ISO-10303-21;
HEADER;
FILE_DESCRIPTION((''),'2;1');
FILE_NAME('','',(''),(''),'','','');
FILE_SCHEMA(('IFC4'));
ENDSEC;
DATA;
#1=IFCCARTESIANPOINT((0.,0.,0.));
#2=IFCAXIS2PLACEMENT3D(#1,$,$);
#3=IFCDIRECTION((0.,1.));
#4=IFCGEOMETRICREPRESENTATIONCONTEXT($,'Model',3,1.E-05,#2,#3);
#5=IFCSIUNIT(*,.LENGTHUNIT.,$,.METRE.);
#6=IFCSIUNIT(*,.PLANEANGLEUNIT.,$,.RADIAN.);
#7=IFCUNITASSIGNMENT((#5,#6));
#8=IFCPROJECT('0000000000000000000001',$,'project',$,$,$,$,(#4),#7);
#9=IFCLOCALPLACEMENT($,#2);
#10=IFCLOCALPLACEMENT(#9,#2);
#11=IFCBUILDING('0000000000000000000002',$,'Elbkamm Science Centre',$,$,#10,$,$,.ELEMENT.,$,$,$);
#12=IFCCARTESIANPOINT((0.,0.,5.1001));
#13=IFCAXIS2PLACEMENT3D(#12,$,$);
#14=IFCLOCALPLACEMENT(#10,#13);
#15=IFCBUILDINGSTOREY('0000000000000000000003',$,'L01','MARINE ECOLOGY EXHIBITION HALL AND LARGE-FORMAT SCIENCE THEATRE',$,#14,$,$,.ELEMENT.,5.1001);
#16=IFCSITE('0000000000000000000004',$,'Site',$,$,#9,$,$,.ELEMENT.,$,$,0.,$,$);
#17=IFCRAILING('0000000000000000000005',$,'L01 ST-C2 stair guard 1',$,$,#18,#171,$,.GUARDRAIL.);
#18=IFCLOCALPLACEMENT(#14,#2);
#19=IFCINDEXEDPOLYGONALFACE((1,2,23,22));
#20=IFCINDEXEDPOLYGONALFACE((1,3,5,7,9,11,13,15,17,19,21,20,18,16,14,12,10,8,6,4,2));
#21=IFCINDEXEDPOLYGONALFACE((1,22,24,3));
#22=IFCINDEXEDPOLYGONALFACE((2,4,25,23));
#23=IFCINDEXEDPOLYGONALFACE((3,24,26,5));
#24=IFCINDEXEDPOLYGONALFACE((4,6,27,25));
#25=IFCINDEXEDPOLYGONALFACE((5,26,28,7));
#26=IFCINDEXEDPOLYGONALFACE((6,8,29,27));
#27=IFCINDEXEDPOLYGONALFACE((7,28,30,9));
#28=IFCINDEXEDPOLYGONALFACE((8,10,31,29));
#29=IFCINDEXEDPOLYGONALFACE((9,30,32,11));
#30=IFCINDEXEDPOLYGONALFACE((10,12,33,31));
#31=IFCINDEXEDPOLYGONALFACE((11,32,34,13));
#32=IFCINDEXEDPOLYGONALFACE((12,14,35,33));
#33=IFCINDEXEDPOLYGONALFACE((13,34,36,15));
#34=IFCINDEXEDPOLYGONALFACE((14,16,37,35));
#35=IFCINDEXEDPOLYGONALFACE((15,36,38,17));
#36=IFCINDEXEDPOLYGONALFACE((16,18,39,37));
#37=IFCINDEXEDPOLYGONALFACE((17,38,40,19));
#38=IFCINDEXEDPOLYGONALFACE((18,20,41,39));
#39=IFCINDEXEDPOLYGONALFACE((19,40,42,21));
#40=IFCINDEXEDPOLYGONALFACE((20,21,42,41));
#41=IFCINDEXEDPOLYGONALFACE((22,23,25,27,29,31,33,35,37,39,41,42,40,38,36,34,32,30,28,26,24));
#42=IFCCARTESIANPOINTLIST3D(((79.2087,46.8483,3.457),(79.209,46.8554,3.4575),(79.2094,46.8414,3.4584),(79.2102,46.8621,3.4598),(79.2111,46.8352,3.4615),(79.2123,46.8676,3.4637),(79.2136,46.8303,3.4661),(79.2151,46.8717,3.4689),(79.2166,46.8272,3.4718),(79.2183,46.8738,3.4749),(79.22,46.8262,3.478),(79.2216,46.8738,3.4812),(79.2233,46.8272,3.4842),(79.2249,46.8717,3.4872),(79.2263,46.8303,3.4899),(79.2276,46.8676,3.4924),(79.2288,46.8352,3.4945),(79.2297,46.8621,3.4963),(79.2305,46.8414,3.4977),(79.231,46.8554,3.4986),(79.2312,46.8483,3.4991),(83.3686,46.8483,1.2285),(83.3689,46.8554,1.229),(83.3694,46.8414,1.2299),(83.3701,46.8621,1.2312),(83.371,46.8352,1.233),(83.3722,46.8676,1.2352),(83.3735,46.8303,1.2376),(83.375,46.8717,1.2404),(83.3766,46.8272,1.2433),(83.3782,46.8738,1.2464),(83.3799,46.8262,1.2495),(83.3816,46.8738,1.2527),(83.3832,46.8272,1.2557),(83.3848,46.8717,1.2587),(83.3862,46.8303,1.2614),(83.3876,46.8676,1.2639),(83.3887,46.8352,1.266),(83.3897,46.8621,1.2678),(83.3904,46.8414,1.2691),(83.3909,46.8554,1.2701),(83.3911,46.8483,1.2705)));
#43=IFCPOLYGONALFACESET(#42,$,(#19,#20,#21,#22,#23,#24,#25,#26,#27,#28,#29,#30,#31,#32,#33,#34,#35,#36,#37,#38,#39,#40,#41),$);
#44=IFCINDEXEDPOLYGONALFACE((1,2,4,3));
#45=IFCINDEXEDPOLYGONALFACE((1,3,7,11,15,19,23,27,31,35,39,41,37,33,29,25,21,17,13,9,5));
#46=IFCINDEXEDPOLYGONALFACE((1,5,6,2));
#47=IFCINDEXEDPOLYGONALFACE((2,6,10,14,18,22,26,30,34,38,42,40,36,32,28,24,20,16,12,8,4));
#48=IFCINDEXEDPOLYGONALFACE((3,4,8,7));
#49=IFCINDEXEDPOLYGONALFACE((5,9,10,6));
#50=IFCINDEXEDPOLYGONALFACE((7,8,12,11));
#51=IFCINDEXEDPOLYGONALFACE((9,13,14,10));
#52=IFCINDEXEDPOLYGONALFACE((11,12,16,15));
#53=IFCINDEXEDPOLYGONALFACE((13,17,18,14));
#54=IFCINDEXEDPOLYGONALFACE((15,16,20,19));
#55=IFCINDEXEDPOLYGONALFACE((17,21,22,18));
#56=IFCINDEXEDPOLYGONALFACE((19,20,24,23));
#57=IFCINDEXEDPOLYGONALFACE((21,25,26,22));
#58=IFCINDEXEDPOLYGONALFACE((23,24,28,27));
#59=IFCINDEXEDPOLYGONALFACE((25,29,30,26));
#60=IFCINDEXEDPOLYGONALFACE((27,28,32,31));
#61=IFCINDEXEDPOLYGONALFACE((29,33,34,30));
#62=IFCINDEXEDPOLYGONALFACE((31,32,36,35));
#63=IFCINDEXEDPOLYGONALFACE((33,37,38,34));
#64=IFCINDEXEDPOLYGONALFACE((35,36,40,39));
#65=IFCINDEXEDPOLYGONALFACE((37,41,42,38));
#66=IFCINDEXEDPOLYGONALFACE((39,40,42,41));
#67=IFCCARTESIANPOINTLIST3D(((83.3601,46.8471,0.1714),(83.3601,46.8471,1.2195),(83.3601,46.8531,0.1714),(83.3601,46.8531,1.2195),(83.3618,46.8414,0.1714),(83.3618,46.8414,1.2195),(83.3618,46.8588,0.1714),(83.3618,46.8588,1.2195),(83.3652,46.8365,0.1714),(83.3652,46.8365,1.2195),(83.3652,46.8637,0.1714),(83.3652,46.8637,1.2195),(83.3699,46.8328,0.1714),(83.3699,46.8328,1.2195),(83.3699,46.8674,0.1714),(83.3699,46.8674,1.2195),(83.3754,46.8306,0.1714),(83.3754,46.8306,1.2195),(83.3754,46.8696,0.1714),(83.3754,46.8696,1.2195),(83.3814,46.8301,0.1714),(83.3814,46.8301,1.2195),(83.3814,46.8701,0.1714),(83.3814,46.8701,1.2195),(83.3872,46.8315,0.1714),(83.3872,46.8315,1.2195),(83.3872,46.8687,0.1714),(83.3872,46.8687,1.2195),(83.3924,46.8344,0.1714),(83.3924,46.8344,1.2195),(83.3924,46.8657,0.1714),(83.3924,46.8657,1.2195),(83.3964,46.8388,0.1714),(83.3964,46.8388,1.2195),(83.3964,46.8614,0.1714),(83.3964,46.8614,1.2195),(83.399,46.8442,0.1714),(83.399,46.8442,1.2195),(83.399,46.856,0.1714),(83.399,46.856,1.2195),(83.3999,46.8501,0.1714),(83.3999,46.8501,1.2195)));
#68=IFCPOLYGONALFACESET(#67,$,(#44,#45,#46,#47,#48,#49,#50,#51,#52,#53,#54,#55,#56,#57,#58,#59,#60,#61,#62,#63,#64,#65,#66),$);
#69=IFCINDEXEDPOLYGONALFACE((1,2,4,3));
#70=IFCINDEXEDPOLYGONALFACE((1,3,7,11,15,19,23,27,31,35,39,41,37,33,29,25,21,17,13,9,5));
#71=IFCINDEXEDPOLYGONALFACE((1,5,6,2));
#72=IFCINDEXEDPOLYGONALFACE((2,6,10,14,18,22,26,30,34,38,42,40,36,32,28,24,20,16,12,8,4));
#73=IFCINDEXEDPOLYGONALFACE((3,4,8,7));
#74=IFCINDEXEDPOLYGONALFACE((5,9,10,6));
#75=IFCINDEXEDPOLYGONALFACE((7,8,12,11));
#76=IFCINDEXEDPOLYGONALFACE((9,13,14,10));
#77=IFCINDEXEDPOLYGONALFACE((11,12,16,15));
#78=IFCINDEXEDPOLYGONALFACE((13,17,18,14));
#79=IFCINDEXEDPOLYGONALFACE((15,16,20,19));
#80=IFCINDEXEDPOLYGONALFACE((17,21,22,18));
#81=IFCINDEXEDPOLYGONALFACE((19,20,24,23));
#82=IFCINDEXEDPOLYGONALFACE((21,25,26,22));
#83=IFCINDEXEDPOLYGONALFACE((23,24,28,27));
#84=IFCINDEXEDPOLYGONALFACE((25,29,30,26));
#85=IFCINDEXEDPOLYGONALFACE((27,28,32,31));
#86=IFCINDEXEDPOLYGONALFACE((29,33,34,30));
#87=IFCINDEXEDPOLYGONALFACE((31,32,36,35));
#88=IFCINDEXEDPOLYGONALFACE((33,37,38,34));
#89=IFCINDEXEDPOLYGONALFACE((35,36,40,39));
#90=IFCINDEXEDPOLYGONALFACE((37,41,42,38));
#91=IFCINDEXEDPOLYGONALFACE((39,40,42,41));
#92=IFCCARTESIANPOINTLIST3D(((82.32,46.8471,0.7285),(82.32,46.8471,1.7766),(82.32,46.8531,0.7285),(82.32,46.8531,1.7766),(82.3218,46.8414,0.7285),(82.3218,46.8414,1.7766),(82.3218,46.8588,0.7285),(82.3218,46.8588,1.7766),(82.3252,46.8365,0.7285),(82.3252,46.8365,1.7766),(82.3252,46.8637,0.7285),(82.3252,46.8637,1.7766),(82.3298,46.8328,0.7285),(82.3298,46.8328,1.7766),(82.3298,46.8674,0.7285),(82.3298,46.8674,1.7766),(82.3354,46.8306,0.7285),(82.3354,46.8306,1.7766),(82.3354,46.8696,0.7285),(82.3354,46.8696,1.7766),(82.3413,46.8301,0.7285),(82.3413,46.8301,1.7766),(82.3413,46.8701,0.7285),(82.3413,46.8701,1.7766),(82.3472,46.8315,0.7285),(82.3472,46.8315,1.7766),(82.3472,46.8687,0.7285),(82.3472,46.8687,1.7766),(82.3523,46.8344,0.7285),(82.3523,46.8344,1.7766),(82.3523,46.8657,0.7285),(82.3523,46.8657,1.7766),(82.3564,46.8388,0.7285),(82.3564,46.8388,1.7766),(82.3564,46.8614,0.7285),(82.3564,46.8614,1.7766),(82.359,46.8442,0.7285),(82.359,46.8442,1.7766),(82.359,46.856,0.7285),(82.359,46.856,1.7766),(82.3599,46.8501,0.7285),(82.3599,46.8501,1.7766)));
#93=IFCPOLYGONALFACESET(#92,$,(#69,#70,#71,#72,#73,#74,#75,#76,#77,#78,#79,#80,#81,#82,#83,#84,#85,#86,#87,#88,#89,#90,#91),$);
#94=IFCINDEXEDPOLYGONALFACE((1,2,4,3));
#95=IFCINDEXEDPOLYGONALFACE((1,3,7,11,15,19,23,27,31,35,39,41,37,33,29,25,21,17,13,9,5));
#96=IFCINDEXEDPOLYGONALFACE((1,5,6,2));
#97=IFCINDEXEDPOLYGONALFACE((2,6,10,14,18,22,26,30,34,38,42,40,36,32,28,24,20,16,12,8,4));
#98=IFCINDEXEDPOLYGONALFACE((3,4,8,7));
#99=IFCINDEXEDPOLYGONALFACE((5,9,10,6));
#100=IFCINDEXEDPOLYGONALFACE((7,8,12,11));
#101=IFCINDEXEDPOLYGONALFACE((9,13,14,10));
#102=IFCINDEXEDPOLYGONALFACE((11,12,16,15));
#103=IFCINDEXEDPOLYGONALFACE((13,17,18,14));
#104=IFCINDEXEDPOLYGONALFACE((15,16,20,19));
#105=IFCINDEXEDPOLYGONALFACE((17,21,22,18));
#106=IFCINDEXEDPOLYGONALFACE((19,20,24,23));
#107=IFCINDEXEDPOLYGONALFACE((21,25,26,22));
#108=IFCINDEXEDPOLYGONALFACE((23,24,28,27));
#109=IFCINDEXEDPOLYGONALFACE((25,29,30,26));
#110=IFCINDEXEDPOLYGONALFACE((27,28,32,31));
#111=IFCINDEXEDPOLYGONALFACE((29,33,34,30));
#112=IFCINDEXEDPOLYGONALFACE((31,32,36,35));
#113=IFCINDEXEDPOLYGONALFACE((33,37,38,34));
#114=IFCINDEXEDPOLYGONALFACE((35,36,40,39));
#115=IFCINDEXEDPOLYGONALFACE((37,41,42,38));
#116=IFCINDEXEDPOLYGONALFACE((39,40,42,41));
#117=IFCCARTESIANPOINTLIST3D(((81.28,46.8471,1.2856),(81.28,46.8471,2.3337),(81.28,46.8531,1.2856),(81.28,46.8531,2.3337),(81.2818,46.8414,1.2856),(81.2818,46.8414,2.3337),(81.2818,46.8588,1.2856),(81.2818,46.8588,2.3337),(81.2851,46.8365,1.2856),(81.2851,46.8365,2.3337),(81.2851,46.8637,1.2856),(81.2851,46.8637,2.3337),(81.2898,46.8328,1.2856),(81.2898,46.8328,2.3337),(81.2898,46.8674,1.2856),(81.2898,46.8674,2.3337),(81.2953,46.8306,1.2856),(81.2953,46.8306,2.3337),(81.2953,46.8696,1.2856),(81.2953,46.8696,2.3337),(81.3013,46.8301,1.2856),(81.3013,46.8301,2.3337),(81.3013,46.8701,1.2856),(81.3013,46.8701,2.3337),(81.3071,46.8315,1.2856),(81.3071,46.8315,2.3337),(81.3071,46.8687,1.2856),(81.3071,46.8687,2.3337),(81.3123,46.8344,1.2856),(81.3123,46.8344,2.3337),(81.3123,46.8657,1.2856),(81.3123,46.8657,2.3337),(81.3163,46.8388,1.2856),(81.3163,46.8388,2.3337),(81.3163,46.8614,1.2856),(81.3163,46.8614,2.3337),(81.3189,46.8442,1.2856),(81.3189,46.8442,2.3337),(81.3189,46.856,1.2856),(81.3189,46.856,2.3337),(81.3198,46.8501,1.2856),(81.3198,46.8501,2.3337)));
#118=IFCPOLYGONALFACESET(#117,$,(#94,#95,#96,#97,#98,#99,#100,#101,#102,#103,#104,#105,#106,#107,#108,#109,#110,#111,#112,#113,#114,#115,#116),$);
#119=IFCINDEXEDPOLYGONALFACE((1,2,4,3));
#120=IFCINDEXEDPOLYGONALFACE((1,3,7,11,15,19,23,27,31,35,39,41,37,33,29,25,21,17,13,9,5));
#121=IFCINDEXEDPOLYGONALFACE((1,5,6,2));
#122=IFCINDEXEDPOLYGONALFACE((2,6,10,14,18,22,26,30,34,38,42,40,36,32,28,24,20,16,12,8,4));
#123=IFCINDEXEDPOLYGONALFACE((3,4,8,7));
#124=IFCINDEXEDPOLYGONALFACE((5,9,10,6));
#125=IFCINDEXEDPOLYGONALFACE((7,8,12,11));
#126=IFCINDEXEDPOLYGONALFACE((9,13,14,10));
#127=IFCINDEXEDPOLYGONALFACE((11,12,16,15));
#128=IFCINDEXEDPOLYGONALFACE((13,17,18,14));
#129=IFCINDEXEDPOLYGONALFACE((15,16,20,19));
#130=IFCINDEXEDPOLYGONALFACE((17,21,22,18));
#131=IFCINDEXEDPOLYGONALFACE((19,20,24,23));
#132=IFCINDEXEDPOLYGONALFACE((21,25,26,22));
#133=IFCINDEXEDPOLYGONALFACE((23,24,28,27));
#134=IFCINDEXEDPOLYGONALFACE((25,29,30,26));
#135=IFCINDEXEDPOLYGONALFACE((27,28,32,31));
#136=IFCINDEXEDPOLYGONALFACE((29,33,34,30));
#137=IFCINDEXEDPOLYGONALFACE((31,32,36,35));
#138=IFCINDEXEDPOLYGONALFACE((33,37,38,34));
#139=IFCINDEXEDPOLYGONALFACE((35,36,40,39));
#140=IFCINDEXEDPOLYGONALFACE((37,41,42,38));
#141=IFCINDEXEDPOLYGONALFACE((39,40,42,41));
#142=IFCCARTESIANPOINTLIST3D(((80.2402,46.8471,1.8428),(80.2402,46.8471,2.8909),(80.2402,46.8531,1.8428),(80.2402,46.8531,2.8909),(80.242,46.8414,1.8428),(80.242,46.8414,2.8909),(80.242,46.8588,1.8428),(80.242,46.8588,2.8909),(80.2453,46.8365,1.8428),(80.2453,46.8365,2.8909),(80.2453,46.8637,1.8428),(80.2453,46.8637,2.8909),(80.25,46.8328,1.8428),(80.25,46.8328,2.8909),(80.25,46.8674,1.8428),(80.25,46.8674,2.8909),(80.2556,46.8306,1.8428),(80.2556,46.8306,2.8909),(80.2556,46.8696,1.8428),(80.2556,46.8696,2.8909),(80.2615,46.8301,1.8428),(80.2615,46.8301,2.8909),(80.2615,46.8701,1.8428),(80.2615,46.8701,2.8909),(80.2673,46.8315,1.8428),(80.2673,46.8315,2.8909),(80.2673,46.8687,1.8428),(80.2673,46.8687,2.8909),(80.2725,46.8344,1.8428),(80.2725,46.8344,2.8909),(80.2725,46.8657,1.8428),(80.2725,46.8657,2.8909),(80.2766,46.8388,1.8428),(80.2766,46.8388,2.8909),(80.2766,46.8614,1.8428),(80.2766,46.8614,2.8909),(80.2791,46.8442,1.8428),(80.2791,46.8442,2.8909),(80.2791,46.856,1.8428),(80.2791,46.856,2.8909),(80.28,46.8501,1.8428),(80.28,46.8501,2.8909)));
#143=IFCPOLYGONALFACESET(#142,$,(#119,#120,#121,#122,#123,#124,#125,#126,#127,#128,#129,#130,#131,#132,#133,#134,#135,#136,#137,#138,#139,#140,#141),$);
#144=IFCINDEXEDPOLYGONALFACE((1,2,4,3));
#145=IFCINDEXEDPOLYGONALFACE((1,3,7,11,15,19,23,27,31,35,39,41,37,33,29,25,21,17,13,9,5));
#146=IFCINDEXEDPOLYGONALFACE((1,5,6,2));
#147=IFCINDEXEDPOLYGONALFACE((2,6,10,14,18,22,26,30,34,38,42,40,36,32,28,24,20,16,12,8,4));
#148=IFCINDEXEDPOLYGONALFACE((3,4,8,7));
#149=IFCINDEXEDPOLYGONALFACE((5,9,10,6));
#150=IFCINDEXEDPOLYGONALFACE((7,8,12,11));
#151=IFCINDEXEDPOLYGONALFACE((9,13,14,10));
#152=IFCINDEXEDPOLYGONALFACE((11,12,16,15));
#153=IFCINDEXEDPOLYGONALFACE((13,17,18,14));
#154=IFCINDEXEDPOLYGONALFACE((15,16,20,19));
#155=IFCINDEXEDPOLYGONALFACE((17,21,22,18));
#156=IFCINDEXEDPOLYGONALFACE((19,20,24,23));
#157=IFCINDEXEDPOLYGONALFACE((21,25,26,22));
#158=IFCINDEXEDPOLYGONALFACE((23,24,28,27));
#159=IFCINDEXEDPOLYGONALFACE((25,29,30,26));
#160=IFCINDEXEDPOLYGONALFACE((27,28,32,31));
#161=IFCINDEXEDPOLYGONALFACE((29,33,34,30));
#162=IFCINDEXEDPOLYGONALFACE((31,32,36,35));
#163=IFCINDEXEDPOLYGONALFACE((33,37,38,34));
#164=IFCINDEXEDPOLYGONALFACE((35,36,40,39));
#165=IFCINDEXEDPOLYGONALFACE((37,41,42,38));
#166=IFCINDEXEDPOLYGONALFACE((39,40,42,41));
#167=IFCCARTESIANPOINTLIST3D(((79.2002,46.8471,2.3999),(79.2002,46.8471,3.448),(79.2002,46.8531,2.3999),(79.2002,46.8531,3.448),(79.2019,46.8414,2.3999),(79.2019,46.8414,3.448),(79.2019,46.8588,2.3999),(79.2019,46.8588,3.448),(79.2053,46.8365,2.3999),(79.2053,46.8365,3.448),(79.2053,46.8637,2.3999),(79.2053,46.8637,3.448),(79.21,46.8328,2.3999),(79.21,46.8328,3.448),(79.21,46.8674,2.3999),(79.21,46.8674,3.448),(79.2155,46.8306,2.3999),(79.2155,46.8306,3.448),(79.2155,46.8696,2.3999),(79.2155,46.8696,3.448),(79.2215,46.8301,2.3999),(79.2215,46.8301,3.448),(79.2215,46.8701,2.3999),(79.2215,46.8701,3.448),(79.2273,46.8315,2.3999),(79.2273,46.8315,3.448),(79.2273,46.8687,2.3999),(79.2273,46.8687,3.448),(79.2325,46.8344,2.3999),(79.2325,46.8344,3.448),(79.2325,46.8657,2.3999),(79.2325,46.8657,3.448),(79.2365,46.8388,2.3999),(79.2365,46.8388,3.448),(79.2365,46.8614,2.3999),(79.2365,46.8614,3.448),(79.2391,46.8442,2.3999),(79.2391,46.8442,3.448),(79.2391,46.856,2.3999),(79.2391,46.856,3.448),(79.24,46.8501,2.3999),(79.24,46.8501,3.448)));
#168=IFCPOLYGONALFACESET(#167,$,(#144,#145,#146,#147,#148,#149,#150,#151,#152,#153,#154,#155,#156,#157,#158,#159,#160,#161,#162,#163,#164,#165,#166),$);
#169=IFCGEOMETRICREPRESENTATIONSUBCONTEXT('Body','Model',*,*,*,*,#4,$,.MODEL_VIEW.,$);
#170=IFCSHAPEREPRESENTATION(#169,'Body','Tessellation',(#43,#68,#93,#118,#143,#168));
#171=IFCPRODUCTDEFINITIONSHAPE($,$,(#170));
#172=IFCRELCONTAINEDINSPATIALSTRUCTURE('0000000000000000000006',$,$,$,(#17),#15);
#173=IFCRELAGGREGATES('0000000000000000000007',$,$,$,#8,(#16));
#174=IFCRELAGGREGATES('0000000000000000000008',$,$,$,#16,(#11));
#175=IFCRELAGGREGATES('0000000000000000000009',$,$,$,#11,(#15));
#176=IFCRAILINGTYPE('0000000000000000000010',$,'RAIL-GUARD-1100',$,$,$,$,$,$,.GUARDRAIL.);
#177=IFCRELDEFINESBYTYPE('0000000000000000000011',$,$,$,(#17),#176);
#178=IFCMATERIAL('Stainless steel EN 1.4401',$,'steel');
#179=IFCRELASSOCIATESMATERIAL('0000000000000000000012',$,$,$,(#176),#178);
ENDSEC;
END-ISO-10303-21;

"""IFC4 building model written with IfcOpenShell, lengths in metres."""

from ifc_helpers import new_model, si_unit, direction, frame, origin, origin_2d, place, context, subcontext, project, spatial, circle, extrude, material, type_object, element, save


model = new_model("IFC4")

# Units and contexts
model_context = context("Model", 3, precision=1e-05, world=origin(), true_north=direction((0.0, 1.0)))
body_context = subcontext(model_context, "Body", "Model", "MODEL_VIEW")
ifc_project = project(units=[si_unit("LENGTHUNIT", "METRE"), si_unit("PLANEANGLEUNIT", "RADIAN")], contexts=[model_context])

# Site, building, storey
site_placement = place(None, origin())
site = spatial("IfcSite", under=ifc_project, at=site_placement, Name="Site", CompositionType="ELEMENT", RefElevation=0.0)
building_placement = place(site_placement, origin())
building = spatial("IfcBuilding", under=site, at=building_placement, Name="Elbkamm Science Centre", CompositionType="ELEMENT")
storey_placement = place(building_placement, frame((0.0, 0.0, 5.1001)))
storey = spatial("IfcBuildingStorey", under=building, at=storey_placement, Name="L01", Description="MARINE ECOLOGY EXHIBITION HALL AND LARGE-FORMAT SCIENCE THEATRE", CompositionType="ELEMENT", Elevation=5.1001)

# Railing
ifc_material_1 = material(Name="Stainless steel EN 1.4401", Category="steel")
railing_type_1 = type_object("IfcRailingType", Name="RAIL-GUARD-1100", PredefinedType="GUARDRAIL", material=ifc_material_1)
railing_1_placement = place(storey_placement, frame((83.3799, 46.8501, 0.1714)))
element("IfcRailing", 1, at=railing_1_placement, inside=storey, type_object=railing_type_1, Name="L01 ST-C2 stair guard 1", PredefinedType="GUARDRAIL", context=body_context, shape_type="SweptSolid", body=[
    extrude(circle(Radius=0.0239, at=origin_2d()), frame((0.0, 0.0, 1.0781), z_axis=(-0.881481, 0.0, 0.47222), x_axis=(0.0, -1.0, 0.0)), (0.0, 0.0, 1.0), 4.7192),
    extrude(circle(Radius=0.02, at=origin_2d()), origin(), (0.0, 0.0, 1.0), 1.0481),
    extrude(circle(Radius=0.02, at=origin_2d()), frame((-1.04, 0.0, 0.5571)), (0.0, 0.0, 1.0), 1.0481),
    extrude(circle(Radius=0.02, at=origin_2d()), frame((-2.0801, 0.0, 1.1143)), (0.0, 0.0, 1.0), 1.0481),
    extrude(circle(Radius=0.02, at=origin_2d()), frame((-3.1199, 0.0, 1.6714)), (0.0, 0.0, 1.0), 1.0481),
    extrude(circle(Radius=0.02, at=origin_2d()), frame((-4.1599, 0.0, 2.2285)), (0.0, 0.0, 1.0), 1.0481),
])

save(model, "model.ifc")
